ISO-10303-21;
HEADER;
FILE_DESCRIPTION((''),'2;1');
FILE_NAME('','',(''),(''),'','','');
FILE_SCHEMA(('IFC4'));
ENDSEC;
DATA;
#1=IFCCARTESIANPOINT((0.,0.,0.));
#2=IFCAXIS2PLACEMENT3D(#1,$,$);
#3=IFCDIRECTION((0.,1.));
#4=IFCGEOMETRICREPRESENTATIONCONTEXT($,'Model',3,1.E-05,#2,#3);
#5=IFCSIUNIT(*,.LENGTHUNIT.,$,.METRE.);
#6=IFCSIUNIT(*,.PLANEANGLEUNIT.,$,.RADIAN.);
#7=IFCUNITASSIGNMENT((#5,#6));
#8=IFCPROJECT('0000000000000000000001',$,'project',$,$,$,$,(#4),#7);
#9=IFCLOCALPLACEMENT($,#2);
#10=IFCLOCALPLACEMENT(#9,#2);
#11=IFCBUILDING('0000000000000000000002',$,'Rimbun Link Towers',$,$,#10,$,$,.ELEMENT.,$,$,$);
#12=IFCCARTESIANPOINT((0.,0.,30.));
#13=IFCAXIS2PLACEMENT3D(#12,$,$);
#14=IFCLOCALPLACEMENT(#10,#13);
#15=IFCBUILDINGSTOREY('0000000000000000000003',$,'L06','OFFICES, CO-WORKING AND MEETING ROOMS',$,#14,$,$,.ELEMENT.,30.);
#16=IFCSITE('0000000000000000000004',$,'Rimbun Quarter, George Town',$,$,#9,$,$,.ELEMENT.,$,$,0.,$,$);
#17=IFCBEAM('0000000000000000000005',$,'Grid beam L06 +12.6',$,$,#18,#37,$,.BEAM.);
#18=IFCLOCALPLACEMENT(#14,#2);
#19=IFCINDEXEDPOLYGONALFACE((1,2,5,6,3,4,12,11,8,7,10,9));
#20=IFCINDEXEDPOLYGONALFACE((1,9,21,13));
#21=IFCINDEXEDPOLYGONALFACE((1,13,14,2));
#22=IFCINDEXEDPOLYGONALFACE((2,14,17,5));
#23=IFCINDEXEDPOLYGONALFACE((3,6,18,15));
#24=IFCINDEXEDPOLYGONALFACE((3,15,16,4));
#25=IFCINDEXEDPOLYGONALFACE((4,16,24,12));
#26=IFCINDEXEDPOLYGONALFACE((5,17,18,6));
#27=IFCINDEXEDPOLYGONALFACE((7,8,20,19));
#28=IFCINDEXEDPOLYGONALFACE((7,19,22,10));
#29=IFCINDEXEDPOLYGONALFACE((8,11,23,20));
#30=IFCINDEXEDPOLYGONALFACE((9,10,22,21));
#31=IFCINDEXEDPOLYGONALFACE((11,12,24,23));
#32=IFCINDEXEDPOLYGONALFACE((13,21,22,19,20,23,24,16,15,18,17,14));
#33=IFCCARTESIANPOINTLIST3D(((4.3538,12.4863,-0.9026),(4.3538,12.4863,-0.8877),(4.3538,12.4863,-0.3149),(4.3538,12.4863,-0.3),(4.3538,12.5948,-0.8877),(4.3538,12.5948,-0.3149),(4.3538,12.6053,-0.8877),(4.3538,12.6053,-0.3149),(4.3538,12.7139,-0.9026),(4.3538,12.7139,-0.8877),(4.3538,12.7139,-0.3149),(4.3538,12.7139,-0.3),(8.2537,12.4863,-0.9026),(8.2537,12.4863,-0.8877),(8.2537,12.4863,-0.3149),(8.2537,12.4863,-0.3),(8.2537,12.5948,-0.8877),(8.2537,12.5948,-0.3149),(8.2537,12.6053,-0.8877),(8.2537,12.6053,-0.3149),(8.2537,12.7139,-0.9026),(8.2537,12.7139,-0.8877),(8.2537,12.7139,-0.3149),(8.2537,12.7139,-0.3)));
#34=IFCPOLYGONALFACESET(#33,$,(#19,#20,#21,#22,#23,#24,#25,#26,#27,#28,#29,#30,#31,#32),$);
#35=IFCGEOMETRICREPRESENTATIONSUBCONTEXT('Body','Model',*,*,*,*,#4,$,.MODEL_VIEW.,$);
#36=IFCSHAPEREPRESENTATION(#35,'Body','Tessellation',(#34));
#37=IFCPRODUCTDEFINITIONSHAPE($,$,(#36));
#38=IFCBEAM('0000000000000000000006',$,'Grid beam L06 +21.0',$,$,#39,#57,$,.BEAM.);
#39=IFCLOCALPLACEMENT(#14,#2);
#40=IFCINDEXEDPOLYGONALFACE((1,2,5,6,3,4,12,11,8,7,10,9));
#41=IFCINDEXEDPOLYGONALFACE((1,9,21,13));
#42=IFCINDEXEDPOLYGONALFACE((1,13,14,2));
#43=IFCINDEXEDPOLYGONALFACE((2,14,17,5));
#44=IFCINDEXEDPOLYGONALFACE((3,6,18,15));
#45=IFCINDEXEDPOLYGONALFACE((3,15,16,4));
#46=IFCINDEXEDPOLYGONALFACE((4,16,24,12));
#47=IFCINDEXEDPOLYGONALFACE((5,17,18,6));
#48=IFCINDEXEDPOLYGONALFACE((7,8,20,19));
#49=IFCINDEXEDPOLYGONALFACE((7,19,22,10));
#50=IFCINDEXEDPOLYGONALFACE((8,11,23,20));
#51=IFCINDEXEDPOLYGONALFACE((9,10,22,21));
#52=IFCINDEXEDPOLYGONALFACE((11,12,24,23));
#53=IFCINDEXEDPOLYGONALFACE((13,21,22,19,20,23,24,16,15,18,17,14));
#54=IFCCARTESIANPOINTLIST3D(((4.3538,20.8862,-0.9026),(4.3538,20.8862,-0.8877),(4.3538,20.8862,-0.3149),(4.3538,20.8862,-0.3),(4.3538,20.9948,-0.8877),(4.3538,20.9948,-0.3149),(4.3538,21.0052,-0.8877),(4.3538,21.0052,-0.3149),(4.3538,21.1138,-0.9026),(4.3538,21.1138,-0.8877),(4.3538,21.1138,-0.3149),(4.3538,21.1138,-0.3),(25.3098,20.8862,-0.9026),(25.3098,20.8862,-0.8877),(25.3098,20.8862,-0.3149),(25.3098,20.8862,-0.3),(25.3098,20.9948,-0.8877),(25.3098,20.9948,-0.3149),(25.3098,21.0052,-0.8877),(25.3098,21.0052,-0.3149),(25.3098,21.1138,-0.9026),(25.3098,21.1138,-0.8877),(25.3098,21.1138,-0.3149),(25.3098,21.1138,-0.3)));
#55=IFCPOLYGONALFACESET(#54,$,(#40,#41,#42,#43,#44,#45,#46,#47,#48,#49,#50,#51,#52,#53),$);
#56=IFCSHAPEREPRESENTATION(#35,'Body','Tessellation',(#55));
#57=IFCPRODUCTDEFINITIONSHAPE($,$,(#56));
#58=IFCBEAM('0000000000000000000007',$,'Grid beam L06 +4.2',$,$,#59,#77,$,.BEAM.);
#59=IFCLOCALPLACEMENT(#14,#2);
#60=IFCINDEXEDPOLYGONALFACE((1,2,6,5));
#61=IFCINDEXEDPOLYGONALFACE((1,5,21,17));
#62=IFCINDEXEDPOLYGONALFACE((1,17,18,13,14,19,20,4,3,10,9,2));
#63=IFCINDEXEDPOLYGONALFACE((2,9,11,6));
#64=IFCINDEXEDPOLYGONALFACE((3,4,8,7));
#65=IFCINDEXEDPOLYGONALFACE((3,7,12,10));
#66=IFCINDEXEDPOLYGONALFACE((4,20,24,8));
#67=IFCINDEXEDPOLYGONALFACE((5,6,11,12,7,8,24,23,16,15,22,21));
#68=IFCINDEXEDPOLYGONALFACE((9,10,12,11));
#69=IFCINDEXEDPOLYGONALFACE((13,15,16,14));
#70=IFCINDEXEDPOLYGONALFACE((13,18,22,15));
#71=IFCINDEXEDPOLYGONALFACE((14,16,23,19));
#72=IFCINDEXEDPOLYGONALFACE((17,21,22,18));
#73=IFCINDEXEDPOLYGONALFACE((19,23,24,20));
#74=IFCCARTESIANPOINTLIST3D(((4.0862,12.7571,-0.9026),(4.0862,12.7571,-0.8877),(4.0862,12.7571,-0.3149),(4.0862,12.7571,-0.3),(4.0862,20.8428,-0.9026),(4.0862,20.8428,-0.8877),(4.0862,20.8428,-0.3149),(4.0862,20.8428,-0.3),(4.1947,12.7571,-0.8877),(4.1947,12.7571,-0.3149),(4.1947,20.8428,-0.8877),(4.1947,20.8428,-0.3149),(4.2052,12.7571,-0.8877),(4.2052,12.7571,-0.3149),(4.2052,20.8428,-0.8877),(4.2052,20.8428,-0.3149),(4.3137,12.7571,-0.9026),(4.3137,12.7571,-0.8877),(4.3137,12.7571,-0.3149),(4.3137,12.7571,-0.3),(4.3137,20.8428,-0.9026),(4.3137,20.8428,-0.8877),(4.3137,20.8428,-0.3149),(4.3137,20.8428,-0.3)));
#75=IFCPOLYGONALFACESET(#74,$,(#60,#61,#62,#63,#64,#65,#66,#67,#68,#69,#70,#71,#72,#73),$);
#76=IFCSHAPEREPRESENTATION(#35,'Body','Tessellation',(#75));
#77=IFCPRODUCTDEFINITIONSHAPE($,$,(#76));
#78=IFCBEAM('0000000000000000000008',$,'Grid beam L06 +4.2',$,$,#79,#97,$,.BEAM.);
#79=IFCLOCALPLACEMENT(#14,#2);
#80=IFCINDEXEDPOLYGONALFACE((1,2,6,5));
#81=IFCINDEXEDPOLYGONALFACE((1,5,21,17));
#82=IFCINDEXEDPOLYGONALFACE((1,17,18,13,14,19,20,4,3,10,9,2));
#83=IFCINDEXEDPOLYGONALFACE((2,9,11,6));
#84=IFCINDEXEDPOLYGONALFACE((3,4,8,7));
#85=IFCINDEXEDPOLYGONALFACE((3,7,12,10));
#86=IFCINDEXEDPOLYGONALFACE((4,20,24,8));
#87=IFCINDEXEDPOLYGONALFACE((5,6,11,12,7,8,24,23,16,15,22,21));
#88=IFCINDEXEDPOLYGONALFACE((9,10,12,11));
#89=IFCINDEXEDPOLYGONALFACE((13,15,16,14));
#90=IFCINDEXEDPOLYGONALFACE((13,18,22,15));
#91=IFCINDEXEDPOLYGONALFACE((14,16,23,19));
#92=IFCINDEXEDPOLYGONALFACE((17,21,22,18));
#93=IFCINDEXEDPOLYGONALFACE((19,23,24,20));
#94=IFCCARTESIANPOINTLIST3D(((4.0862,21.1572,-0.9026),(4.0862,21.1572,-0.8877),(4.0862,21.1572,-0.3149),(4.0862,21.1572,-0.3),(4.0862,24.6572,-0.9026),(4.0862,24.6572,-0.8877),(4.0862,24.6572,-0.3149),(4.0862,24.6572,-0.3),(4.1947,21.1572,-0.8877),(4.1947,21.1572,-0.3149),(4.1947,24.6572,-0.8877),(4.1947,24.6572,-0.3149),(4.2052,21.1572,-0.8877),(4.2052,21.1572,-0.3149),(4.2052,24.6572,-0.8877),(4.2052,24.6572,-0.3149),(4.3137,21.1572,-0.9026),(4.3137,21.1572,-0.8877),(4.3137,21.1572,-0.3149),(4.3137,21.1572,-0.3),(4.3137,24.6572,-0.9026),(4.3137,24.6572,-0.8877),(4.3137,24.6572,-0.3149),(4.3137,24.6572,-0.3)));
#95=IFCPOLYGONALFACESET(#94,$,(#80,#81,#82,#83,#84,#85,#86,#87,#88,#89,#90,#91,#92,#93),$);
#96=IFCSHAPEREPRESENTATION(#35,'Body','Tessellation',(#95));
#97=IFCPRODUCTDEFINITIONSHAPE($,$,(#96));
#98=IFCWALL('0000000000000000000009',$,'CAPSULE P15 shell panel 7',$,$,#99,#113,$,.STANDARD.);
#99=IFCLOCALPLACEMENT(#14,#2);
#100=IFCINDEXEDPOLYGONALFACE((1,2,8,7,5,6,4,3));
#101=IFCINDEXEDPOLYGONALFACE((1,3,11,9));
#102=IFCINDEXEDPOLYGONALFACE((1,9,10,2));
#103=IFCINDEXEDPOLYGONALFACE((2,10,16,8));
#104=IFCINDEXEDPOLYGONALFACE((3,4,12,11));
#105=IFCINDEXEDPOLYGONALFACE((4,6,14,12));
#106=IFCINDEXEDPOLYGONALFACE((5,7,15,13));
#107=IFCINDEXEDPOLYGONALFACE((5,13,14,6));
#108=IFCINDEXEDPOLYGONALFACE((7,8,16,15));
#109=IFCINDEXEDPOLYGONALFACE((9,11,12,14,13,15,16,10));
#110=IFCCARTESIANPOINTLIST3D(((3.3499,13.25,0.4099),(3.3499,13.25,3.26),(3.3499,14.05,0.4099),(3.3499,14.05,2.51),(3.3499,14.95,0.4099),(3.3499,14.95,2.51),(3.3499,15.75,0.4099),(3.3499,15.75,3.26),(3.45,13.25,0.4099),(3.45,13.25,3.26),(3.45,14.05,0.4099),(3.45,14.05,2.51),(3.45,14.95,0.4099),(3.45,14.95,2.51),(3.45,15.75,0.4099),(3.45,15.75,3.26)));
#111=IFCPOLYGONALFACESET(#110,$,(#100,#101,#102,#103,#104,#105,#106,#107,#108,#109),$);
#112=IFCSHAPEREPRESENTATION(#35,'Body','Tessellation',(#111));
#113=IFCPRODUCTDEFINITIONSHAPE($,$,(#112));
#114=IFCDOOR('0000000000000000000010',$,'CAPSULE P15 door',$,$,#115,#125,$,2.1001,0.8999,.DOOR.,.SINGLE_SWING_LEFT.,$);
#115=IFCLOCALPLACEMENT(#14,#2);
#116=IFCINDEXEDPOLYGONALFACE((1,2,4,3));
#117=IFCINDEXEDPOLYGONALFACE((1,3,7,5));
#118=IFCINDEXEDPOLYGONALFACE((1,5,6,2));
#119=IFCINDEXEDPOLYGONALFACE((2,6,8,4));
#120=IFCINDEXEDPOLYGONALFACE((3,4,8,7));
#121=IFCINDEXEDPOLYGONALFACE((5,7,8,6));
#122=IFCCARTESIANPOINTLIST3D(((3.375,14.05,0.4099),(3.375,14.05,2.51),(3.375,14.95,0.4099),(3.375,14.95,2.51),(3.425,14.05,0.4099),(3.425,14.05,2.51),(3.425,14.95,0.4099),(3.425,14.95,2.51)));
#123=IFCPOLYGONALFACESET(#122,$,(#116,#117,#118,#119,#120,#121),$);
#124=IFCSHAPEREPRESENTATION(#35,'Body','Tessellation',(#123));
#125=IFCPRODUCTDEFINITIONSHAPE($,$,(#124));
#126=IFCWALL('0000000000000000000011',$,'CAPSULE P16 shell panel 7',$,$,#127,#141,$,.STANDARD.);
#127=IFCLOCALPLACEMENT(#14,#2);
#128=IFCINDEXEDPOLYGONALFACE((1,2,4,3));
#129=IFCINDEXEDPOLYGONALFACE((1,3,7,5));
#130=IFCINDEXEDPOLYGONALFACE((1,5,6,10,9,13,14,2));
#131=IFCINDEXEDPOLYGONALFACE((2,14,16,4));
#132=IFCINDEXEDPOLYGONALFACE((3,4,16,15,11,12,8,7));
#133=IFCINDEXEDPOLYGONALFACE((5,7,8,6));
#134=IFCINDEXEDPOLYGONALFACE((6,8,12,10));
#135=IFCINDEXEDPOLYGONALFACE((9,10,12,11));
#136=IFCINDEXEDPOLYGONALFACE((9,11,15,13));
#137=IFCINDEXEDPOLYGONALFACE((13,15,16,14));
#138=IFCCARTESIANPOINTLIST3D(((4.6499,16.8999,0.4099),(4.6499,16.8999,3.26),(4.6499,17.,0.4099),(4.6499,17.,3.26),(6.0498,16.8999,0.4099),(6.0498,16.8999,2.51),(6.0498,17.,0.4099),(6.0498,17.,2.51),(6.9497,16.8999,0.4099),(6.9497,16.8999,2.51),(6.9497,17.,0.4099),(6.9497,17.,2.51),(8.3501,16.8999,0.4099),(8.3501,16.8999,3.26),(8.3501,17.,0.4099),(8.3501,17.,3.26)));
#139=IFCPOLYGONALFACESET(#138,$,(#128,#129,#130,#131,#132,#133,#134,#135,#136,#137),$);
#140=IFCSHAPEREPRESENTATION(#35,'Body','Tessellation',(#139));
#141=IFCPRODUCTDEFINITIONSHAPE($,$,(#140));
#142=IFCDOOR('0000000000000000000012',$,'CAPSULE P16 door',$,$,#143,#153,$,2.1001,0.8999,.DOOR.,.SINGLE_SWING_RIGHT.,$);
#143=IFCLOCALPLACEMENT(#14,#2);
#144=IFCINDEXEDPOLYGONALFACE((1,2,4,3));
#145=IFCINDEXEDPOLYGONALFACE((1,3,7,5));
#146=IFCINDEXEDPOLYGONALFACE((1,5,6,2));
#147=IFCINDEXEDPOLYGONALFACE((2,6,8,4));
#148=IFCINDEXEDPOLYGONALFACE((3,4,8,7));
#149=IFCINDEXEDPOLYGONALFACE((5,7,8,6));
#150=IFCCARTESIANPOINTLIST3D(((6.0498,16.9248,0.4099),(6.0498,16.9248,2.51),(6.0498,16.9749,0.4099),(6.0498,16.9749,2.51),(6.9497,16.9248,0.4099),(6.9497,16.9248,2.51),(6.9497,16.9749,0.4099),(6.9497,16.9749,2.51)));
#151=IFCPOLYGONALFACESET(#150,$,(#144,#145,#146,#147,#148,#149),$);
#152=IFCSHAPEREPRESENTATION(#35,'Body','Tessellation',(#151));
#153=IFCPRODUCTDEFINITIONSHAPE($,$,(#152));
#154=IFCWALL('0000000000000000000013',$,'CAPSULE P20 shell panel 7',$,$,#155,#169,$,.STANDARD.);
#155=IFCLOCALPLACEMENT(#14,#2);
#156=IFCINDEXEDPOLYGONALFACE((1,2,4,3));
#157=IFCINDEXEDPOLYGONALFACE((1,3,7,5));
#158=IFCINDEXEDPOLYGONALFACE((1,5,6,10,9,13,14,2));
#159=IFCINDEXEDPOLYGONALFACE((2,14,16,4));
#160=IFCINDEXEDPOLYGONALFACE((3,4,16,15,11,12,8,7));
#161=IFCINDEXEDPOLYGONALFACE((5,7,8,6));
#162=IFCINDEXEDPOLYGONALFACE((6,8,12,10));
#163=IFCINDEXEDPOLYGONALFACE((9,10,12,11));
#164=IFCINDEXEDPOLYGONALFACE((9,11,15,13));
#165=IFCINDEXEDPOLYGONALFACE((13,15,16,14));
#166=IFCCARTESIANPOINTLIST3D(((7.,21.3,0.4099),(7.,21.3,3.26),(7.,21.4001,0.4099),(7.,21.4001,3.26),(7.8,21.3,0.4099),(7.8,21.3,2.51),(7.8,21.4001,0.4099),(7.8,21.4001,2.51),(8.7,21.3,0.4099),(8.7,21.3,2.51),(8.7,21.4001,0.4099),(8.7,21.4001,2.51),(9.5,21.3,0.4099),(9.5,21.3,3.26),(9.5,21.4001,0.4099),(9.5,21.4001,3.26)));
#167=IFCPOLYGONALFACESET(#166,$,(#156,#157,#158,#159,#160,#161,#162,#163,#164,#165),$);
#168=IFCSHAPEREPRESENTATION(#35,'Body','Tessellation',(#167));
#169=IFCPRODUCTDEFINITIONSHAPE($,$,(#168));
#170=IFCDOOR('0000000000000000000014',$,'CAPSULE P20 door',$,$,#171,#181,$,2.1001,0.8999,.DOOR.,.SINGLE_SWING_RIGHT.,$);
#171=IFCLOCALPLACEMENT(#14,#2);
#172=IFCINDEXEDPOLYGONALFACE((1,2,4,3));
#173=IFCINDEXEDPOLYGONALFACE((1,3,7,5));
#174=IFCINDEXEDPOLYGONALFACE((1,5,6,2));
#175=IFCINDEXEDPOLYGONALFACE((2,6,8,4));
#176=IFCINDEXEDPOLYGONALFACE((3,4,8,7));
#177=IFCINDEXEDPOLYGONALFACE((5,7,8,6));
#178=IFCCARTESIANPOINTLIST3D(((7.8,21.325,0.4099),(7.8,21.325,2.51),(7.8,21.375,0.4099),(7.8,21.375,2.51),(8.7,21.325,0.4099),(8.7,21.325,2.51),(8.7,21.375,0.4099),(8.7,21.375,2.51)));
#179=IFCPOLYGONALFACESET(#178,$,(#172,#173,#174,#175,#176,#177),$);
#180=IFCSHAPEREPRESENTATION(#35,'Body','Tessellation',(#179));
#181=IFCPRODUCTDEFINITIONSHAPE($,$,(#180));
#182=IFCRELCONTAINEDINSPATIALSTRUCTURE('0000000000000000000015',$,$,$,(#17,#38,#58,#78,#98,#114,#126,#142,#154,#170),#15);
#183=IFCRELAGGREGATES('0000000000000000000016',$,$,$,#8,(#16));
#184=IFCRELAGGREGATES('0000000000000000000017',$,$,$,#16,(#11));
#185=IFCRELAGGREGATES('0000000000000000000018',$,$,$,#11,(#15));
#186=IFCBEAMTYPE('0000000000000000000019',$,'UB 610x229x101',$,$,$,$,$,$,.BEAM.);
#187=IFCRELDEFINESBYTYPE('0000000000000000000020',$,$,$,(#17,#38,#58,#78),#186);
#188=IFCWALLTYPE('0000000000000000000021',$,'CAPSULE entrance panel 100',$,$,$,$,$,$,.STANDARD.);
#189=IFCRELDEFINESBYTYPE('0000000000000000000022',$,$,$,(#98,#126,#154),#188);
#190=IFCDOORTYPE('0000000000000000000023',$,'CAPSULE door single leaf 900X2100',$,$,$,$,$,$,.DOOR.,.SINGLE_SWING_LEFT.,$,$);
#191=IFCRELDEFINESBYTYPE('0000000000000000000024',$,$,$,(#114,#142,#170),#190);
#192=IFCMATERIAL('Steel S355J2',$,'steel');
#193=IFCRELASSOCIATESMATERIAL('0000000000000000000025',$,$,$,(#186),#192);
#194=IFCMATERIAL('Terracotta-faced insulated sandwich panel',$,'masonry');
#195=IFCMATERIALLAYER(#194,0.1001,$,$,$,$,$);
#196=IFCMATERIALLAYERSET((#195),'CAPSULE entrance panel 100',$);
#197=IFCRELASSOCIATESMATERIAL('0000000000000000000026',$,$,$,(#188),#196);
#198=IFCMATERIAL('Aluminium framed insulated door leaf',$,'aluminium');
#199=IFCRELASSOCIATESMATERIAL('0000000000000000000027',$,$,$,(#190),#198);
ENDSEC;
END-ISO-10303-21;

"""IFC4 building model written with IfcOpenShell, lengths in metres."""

from ifc_helpers import new_model, si_unit, direction, frame, frame_2d, origin, origin_2d, place, context, subcontext, project, spatial, rectangle, i_section, extrude, material, layer, layer_set, material_profile, profile_set, type_object, element, fill, save


model = new_model("IFC4")

# Units and contexts
model_context = context("Model", 3, precision=1e-05, world=origin(), true_north=direction((0.0, 1.0)))
body_context = subcontext(model_context, "Body", "Model", "MODEL_VIEW")
ifc_project = project(units=[si_unit("LENGTHUNIT", "METRE"), si_unit("PLANEANGLEUNIT", "RADIAN")], contexts=[model_context])

# Site, building, storey
site_placement = place(None, origin())
site = spatial("IfcSite", under=ifc_project, at=site_placement, Name="Rimbun Quarter, George Town", CompositionType="ELEMENT", RefElevation=0.0)
building_placement = place(site_placement, origin())
building = spatial("IfcBuilding", under=site, at=building_placement, Name="Rimbun Link Towers", CompositionType="ELEMENT")
storey_placement = place(building_placement, frame((0.0, 0.0, 30.0)))
storey = spatial("IfcBuildingStorey", under=building, at=storey_placement, Name="L06", Description="OFFICES, CO-WORKING AND MEETING ROOMS", CompositionType="ELEMENT", Elevation=30.0)

# Beams
ifc_material_1 = material(Name="Steel S355J2", Category="steel")
ifc_material_profile = material_profile(ifc_material_1, i_section(OverallWidth=0.2275, OverallDepth=0.6025, WebThickness=0.0105, FlangeThickness=0.0149, at=origin_2d()), Name="UB 610x229x101")
ifc_profile_set = profile_set([ifc_material_profile], Name="Steel S355J2")
beam_type = type_object("IfcBeamType", Name="UB 610x229x101", PredefinedType="BEAM", material=ifc_profile_set)
beam_1_placement = place(storey_placement, frame((4.3538, 12.6001, -0.6013), z_axis=(1.0, 0.0, 0.0), x_axis=(0.0, 1.0, 0.0)))
element("IfcBeam", 1, at=beam_1_placement, inside=storey, type_object=beam_type, Name="Grid beam L06 +12.6", PredefinedType="BEAM", context=body_context, shape_type="SweptSolid", body=[
    extrude(i_section(OverallWidth=0.2275, OverallDepth=0.6025, WebThickness=0.0105, FlangeThickness=0.0149, at=origin_2d()), origin(), (0.0, 0.0, 1.0), 3.8999),
])
beam_2_placement = place(storey_placement, frame((4.3538, 21.0, -0.6013), z_axis=(1.0, 0.0, 0.0), x_axis=(0.0, 1.0, 0.0)))
element("IfcBeam", 2, at=beam_2_placement, inside=storey, type_object=beam_type, Name="Grid beam L06 +21.0", PredefinedType="BEAM", context=body_context, shape_type="SweptSolid", body=[
    extrude(i_section(OverallWidth=0.2275, OverallDepth=0.6025, WebThickness=0.0105, FlangeThickness=0.0149, at=origin_2d()), origin(), (0.0, 0.0, 1.0), 20.9561),
])
beam_3_placement = place(storey_placement, frame((4.2, 12.7571, -0.6013), z_axis=(0.0, 1.0, 0.0), x_axis=(-1.0, 0.0, 0.0)))
element("IfcBeam", 3, at=beam_3_placement, inside=storey, type_object=beam_type, Name="Grid beam L06 +4.2", PredefinedType="BEAM", context=body_context, shape_type="SweptSolid", body=[
    extrude(i_section(OverallWidth=0.2275, OverallDepth=0.6025, WebThickness=0.0105, FlangeThickness=0.0149, at=origin_2d()), origin(), (0.0, 0.0, 1.0), 8.0857),
])
beam_4_placement = place(storey_placement, frame((4.2, 21.1572, -0.6013), z_axis=(0.0, 1.0, 0.0), x_axis=(-1.0, 0.0, 0.0)))
element("IfcBeam", 4, at=beam_4_placement, inside=storey, type_object=beam_type, Name="Grid beam L06 +4.2", PredefinedType="BEAM", context=body_context, shape_type="SweptSolid", body=[
    extrude(i_section(OverallWidth=0.2275, OverallDepth=0.6025, WebThickness=0.0105, FlangeThickness=0.0149, at=origin_2d()), origin(), (0.0, 0.0, 1.0), 3.5),
])

# Walls, openings, doors
ifc_material_2 = material(Name="Terracotta-faced insulated sandwich panel", Category="masonry")
ifc_layer_1 = layer(ifc_material_2, 0.1001)
ifc_layer_set_1 = layer_set([ifc_layer_1], Name="CAPSULE entrance panel 100")
wall_type_1 = type_object("IfcWallType", Name="CAPSULE entrance panel 100", PredefinedType="STANDARD", material=ifc_layer_set_1)
wall_1_placement = place(storey_placement, frame((3.3999, 13.25, 0.4099), z_axis=(0.0, 0.0, 1.0), x_axis=(0.0, 1.0, 0.0)))
wall_1 = element("IfcWall", 5, at=wall_1_placement, inside=storey, type_object=wall_type_1, Name="CAPSULE P15 shell panel 7", PredefinedType="STANDARD", context=body_context, shape_type="SweptSolid", body=[
    extrude(rectangle(XDim=2.5, YDim=0.1001, at=frame_2d((1.25, 0.0))), origin(), (0.0, 0.0, 1.0), 2.8501),
])
opening_1_placement = place(wall_1_placement, frame((0.8, 0.0, 0.0)))
opening_1 = element("IfcOpeningElement", 6, at=opening_1_placement, cuts=wall_1, PredefinedType="OPENING", context=body_context, shape_type="SweptSolid", body=[
    extrude(rectangle(XDim=0.8999, YDim=2.1001, at=frame_2d((0.45, 1.05))), frame((0.0, 0.0601, 0.0), z_axis=(0.0, -1.0, 0.0), x_axis=(1.0, 0.0, 0.0)), (0.0, 0.0, 1.0), 0.1201),
])
ifc_material_3 = material(Name="Aluminium framed insulated door leaf", Category="aluminium")
door_type_1 = type_object("IfcDoorType", Name="CAPSULE door single leaf 900X2100", OperationType="SINGLE_SWING_LEFT", PredefinedType="DOOR", material=ifc_material_3)
door_1_placement = place(opening_1_placement, origin())
door_1 = element("IfcDoor", 7, at=door_1_placement, inside=storey, type_object=door_type_1, Name="CAPSULE P15 door", OperationType="SINGLE_SWING_LEFT", OverallHeight=2.1001, OverallWidth=0.8999, PredefinedType="DOOR", context=body_context, shape_type="SweptSolid", body=[
    extrude(rectangle(XDim=0.8999, YDim=2.1001, at=frame_2d((0.45, 1.05))), frame((0.0, 0.0249, 0.0), z_axis=(0.0, -1.0, 0.0), x_axis=(1.0, 0.0, 0.0)), (0.0, 0.0, 1.0), 0.05),
])
fill(opening_1, door_1)
wall_2_placement = place(storey_placement, frame((4.6499, 16.95, 0.4099), z_axis=(0.0, 0.0, 1.0), x_axis=(1.0, 0.0, 0.0)))
wall_2 = element("IfcWall", 8, at=wall_2_placement, inside=storey, type_object=wall_type_1, Name="CAPSULE P16 shell panel 7", PredefinedType="STANDARD", context=body_context, shape_type="SweptSolid", body=[
    extrude(rectangle(XDim=3.7002, YDim=0.1001, at=frame_2d((1.8501, 0.0))), origin(), (0.0, 0.0, 1.0), 2.8501),
])
opening_2_placement = place(wall_2_placement, frame((1.3999, 0.0, 0.0)))
opening_2 = element("IfcOpeningElement", 9, at=opening_2_placement, cuts=wall_2, PredefinedType="OPENING", context=body_context, shape_type="SweptSolid", body=[
    extrude(rectangle(XDim=0.8999, YDim=2.1001, at=frame_2d((0.45, 1.05))), frame((0.0, 0.0601, 0.0), z_axis=(0.0, -1.0, 0.0), x_axis=(1.0, 0.0, 0.0)), (0.0, 0.0, 1.0), 0.1201),
])
door_2_placement = place(opening_2_placement, origin())
door_2 = element("IfcDoor", 10, at=door_2_placement, inside=storey, type_object=door_type_1, Name="CAPSULE P16 door", OperationType="SINGLE_SWING_RIGHT", OverallHeight=2.1001, OverallWidth=0.8999, PredefinedType="DOOR", context=body_context, shape_type="SweptSolid", body=[
    extrude(rectangle(XDim=0.8999, YDim=2.1001, at=frame_2d((0.45, 1.05))), frame((0.0, 0.0249, 0.0), z_axis=(0.0, -1.0, 0.0), x_axis=(1.0, 0.0, 0.0)), (0.0, 0.0, 1.0), 0.05),
])
fill(opening_2, door_2)
wall_3_placement = place(storey_placement, frame((7.0, 21.3501, 0.4099), z_axis=(0.0, 0.0, 1.0), x_axis=(1.0, 0.0, 0.0)))
wall_3 = element("IfcWall", 11, at=wall_3_placement, inside=storey, type_object=wall_type_1, Name="CAPSULE P20 shell panel 7", PredefinedType="STANDARD", context=body_context, shape_type="SweptSolid", body=[
    extrude(rectangle(XDim=2.5, YDim=0.1001, at=frame_2d((1.25, 0.0))), origin(), (0.0, 0.0, 1.0), 2.8501),
])
opening_3_placement = place(wall_3_placement, frame((0.8, 0.0, 0.0)))
opening_3 = element("IfcOpeningElement", 12, at=opening_3_placement, cuts=wall_3, PredefinedType="OPENING", context=body_context, shape_type="SweptSolid", body=[
    extrude(rectangle(XDim=0.8999, YDim=2.1001, at=frame_2d((0.45, 1.05))), frame((0.0, 0.0601, 0.0), z_axis=(0.0, -1.0, 0.0), x_axis=(1.0, 0.0, 0.0)), (0.0, 0.0, 1.0), 0.1201),
])
door_3_placement = place(opening_3_placement, origin())
door_3 = element("IfcDoor", 13, at=door_3_placement, inside=storey, type_object=door_type_1, Name="CAPSULE P20 door", OperationType="SINGLE_SWING_RIGHT", OverallHeight=2.1001, OverallWidth=0.8999, PredefinedType="DOOR", context=body_context, shape_type="SweptSolid", body=[
    extrude(rectangle(XDim=0.8999, YDim=2.1001, at=frame_2d((0.45, 1.05))), frame((0.0, 0.0249, 0.0), z_axis=(0.0, -1.0, 0.0), x_axis=(1.0, 0.0, 0.0)), (0.0, 0.0, 1.0), 0.05),
])
fill(opening_3, door_3)

save(model, "model.ifc")
